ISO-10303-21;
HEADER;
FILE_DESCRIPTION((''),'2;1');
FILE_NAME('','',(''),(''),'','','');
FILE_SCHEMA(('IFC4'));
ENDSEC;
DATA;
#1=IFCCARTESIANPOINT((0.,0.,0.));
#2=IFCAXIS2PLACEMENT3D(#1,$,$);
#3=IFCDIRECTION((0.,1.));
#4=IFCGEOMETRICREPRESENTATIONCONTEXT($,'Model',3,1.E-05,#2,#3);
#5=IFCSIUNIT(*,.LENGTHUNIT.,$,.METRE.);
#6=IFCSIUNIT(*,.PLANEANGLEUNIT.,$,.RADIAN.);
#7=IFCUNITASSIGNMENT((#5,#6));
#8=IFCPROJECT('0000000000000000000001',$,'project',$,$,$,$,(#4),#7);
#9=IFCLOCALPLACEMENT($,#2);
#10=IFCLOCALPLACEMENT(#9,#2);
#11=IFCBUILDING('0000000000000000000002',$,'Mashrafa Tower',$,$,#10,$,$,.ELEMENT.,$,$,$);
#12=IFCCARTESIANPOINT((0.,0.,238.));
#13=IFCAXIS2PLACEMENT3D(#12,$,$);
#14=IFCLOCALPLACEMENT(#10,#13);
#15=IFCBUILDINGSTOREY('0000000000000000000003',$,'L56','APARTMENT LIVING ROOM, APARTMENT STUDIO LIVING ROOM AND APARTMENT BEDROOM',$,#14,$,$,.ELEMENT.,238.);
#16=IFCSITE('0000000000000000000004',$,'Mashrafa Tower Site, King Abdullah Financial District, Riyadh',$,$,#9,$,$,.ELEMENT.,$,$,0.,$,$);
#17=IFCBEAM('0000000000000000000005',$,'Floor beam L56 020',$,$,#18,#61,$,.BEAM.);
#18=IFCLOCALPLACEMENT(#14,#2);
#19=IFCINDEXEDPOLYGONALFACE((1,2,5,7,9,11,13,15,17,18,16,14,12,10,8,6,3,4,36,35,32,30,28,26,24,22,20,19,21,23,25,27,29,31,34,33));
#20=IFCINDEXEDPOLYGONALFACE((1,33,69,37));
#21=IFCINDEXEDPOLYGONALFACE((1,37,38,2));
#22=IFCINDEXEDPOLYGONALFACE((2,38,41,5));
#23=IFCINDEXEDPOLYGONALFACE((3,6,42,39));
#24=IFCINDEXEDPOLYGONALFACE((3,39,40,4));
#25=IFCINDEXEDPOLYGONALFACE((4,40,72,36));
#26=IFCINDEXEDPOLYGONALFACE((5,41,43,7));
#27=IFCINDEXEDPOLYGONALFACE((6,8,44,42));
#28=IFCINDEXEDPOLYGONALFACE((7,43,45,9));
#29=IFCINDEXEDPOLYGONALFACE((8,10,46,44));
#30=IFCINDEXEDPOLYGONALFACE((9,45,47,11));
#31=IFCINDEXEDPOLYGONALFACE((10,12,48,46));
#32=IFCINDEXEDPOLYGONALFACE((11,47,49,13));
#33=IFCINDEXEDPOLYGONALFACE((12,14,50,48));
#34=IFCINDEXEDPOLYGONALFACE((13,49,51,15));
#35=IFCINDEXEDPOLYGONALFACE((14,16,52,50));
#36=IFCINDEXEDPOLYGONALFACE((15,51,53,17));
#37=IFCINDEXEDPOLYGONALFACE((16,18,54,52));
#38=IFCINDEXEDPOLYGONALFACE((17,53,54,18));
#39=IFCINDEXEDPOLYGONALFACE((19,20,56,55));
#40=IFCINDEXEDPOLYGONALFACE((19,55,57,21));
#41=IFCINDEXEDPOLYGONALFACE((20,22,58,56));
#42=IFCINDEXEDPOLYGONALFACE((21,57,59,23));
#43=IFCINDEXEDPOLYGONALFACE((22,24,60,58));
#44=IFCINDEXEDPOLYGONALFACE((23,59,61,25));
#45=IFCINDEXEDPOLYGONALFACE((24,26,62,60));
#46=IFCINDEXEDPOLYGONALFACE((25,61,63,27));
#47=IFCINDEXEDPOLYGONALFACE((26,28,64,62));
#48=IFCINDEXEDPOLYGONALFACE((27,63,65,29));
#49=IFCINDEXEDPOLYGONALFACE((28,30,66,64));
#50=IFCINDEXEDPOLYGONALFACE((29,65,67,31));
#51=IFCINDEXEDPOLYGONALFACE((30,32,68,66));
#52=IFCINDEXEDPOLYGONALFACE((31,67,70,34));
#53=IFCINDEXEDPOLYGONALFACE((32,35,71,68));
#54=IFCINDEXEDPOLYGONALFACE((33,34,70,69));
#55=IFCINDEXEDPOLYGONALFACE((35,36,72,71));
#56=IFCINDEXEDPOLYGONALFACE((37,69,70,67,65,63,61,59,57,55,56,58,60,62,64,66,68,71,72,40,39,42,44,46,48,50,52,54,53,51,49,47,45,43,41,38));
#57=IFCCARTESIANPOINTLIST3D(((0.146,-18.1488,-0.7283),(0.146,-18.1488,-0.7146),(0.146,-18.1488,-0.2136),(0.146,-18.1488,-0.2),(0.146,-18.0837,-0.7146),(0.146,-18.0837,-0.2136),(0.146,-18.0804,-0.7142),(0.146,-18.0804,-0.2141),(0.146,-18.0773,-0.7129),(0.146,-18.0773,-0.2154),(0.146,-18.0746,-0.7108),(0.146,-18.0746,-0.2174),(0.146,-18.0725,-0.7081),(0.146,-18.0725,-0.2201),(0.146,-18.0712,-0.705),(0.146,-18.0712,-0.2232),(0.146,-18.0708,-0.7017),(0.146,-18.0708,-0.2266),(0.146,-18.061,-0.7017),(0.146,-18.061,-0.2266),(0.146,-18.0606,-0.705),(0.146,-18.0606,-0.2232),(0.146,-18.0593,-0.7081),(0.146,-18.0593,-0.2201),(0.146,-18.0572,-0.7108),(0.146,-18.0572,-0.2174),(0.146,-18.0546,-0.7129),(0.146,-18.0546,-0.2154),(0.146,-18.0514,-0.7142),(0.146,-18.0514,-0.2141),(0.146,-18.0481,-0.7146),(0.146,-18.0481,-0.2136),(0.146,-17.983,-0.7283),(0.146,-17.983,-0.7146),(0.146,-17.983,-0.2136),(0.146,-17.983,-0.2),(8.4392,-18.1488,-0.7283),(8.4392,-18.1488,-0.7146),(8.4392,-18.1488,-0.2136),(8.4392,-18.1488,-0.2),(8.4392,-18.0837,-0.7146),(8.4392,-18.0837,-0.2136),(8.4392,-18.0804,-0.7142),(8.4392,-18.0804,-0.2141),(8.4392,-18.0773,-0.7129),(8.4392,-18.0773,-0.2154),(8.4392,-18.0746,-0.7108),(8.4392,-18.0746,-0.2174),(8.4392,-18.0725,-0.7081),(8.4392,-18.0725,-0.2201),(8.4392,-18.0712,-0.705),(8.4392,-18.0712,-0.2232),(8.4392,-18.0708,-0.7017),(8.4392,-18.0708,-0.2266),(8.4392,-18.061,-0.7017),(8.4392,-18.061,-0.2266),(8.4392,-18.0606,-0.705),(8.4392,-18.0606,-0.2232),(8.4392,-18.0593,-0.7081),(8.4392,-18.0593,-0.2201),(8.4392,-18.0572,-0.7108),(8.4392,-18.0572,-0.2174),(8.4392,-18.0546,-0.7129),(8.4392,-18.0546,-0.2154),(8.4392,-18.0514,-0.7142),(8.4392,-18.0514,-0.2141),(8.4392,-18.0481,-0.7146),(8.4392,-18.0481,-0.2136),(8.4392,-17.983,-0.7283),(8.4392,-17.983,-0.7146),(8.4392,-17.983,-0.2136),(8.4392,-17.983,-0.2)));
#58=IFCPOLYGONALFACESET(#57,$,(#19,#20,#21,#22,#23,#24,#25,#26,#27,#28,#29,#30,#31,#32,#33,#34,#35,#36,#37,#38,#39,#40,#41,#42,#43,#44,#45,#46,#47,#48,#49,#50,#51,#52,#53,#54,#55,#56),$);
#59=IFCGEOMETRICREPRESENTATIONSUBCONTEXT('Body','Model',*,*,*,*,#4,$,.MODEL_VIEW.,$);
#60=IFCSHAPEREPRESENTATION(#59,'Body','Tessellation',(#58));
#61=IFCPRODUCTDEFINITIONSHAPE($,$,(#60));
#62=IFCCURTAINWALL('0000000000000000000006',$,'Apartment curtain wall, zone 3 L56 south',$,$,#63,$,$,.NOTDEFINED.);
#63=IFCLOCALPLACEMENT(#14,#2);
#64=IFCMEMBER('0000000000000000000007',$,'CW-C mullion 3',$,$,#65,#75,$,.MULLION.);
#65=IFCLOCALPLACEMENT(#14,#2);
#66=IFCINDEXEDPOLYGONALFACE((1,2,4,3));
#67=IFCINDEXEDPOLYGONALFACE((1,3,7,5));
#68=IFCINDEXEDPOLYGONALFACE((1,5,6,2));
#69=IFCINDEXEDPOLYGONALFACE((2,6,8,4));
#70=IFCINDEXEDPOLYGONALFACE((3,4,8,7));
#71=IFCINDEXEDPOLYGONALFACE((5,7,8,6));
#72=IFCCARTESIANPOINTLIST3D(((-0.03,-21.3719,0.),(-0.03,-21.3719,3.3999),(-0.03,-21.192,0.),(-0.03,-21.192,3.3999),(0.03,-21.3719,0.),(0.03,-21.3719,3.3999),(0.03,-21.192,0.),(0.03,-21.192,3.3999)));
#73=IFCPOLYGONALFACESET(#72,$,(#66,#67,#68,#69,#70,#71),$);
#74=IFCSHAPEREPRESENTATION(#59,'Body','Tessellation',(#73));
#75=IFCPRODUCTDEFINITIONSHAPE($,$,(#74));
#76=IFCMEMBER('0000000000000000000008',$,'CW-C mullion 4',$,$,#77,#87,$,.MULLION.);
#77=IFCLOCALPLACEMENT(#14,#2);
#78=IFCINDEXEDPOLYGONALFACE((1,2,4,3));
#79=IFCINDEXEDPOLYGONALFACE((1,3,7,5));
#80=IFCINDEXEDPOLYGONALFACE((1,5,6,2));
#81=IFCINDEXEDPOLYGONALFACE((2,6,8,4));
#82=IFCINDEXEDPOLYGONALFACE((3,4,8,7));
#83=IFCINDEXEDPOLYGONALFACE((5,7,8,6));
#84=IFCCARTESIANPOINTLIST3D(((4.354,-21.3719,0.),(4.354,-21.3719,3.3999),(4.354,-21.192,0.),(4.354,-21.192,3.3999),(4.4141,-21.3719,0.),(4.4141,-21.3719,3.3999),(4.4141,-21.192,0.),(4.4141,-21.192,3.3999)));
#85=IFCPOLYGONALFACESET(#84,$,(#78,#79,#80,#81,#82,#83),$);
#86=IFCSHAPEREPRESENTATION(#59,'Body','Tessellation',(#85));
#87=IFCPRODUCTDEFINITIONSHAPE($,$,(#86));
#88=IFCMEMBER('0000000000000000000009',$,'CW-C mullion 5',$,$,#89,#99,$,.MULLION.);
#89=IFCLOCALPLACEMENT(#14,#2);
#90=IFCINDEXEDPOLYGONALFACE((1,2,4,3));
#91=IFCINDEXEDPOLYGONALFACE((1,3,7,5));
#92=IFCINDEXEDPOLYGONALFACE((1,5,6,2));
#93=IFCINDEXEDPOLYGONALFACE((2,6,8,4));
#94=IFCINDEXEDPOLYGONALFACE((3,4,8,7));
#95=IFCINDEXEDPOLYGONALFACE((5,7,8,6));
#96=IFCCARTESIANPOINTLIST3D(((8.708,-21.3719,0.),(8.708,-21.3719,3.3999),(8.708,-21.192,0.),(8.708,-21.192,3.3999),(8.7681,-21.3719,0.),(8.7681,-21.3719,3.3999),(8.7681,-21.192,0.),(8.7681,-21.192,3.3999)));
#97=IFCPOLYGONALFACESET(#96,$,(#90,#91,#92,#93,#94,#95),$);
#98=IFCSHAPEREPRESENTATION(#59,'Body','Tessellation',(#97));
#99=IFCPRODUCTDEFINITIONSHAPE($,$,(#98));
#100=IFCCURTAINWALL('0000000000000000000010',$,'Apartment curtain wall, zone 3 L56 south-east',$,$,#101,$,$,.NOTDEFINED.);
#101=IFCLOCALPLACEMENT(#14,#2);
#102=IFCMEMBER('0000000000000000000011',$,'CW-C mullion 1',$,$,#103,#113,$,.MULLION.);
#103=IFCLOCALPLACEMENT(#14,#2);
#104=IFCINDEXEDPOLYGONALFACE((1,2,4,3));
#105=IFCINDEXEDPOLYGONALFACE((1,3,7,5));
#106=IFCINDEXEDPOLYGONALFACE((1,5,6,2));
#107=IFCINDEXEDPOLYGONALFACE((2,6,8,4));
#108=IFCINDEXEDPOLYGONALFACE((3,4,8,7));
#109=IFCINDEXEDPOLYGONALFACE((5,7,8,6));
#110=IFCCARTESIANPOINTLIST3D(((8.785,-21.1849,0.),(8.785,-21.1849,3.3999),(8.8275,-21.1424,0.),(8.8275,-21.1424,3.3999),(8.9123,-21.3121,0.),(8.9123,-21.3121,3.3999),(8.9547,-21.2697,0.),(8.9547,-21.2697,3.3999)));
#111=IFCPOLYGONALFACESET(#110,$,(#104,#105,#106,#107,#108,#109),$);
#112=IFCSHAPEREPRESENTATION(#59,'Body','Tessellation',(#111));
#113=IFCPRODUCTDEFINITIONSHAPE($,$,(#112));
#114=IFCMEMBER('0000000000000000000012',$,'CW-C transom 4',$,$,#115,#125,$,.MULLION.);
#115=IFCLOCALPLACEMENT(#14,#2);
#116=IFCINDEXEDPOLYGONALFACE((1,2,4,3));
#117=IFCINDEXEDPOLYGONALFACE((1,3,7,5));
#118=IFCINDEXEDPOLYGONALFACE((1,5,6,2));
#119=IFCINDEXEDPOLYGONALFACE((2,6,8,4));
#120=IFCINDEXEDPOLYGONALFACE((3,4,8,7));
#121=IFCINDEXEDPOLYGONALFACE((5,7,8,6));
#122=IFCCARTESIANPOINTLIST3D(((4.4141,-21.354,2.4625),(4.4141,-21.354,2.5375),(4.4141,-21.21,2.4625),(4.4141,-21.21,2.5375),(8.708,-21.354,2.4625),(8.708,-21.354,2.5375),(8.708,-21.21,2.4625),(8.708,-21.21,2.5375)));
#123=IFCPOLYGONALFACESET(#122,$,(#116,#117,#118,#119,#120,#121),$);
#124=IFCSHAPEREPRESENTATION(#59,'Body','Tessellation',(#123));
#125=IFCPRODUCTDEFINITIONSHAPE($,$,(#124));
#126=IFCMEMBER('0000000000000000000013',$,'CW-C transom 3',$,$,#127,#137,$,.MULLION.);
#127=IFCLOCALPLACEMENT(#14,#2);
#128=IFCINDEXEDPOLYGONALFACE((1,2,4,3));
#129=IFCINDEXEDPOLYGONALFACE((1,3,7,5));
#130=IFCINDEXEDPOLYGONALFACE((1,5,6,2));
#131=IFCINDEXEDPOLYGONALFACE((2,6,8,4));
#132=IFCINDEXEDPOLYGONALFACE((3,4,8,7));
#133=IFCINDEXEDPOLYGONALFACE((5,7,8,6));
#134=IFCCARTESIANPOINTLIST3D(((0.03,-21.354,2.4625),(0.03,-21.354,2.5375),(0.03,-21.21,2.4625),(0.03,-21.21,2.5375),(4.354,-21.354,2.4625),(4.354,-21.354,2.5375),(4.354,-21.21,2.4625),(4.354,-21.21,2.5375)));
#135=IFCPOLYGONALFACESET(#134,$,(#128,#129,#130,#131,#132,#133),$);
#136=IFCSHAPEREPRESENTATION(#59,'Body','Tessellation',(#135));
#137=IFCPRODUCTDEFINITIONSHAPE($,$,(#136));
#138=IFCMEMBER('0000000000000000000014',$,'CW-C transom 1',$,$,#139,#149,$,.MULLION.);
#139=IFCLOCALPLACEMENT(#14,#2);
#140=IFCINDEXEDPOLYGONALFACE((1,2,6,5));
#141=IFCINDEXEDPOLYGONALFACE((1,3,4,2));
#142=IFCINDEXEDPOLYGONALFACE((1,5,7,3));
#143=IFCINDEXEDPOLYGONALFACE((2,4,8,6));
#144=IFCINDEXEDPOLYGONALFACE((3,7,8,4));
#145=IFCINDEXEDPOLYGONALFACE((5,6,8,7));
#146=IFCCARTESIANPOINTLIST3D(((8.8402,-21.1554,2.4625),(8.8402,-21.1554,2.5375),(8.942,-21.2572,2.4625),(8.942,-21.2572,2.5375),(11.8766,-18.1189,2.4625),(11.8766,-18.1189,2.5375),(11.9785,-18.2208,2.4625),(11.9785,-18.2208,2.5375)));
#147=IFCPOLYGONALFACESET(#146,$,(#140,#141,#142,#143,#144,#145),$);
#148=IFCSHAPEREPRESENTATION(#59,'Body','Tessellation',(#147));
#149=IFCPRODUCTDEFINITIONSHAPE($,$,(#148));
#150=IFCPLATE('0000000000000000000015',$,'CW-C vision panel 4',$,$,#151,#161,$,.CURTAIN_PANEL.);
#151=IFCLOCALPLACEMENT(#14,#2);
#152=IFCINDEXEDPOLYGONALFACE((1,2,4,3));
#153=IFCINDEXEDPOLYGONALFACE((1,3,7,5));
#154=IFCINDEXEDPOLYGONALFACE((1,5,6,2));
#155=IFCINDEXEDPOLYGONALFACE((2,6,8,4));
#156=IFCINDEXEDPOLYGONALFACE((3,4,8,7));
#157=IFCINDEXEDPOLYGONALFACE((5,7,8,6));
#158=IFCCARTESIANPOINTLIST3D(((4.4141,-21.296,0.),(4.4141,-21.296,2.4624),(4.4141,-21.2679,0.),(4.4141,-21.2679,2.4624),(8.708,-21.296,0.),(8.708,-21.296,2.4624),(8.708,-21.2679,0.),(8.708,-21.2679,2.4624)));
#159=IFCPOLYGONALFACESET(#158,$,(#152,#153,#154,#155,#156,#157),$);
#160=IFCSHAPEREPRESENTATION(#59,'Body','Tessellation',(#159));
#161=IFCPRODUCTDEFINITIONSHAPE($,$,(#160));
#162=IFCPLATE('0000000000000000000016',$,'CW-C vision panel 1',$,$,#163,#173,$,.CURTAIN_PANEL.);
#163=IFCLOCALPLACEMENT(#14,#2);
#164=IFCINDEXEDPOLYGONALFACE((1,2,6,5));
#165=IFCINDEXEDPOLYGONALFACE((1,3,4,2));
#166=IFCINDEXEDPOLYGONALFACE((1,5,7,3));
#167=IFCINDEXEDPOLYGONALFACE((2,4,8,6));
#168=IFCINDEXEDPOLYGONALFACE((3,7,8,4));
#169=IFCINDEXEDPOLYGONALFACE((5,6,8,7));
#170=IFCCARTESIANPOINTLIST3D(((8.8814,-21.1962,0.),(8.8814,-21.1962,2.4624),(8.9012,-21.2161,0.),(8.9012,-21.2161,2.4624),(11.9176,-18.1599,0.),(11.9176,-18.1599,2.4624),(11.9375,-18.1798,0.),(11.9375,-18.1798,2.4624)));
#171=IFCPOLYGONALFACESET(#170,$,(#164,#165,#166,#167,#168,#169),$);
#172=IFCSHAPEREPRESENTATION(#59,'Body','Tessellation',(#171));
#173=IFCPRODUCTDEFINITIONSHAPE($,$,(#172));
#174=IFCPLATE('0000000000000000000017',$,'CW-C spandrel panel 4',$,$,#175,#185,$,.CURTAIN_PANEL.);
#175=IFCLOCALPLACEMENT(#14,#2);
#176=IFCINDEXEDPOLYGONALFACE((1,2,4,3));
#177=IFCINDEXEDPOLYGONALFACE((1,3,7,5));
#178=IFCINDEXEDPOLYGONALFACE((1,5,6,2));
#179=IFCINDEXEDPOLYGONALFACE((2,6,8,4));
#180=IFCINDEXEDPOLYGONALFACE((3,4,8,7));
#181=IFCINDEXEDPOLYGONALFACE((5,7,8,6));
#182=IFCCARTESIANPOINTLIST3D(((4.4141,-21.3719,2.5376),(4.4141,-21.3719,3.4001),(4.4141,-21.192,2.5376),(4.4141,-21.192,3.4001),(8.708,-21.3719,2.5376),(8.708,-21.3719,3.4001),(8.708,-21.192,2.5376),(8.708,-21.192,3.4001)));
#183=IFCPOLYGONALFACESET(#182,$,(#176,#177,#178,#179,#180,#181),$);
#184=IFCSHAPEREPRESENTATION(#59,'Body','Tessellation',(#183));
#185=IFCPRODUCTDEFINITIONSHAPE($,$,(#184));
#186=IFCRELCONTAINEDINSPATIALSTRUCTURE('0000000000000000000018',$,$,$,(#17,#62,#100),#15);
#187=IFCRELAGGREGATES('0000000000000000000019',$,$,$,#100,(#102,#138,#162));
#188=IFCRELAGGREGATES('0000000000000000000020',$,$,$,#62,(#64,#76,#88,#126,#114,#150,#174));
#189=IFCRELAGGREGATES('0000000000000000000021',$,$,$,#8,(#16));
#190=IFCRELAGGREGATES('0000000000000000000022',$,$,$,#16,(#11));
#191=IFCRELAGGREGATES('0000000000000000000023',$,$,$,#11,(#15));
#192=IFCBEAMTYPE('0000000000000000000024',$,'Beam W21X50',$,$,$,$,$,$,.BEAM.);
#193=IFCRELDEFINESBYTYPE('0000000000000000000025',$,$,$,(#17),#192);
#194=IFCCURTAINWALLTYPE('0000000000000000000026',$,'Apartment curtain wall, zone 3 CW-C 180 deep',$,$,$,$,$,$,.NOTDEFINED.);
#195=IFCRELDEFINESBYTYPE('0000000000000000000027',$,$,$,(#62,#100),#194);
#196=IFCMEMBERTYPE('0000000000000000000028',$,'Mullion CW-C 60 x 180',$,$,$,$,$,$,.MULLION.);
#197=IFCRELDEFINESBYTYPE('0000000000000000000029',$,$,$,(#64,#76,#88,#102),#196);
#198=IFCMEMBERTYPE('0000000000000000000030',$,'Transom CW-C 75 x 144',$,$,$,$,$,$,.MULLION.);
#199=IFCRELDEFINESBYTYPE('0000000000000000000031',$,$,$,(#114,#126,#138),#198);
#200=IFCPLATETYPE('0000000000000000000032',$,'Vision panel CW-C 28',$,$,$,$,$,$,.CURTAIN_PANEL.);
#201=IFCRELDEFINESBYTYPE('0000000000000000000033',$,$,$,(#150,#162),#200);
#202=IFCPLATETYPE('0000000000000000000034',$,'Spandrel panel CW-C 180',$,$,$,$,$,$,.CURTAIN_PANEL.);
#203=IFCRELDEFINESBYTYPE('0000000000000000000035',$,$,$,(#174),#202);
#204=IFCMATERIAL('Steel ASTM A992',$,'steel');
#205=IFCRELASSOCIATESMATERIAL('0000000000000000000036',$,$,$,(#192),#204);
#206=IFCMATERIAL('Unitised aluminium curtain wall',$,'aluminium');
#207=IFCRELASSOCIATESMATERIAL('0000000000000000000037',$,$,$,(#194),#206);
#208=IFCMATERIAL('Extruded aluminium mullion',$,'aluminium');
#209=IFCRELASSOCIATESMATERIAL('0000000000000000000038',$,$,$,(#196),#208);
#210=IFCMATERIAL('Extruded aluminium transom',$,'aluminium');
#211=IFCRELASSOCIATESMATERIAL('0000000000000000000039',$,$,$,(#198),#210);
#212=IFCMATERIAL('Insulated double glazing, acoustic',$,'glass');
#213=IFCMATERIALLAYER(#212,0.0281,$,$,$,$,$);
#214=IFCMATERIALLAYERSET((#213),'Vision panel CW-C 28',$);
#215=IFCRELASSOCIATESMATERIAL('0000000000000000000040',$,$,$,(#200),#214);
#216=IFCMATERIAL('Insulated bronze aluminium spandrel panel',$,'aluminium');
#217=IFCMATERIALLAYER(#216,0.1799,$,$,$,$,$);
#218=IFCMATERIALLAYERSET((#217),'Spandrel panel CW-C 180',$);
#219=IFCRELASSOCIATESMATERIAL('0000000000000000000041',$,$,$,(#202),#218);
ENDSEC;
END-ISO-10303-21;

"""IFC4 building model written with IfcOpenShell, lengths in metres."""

from ifc_helpers import new_model, si_unit, direction, frame, origin, origin_2d, place, context, subcontext, project, spatial, rectangle, i_section, extrude, source, transform, mapped, material, layer, layer_set, material_profile, profile_set, type_object, type_shapes, element, aggregate, save


model = new_model("IFC4")

# Units and contexts
model_context = context("Model", 3, precision=1e-05, world=origin(), true_north=direction((0.0, 1.0)))
body_context = subcontext(model_context, "Body", "Model", "MODEL_VIEW")
ifc_project = project(units=[si_unit("LENGTHUNIT", "METRE"), si_unit("PLANEANGLEUNIT", "RADIAN")], contexts=[model_context])

# Site, building, storey
site_placement = place(None, origin())
site = spatial("IfcSite", under=ifc_project, at=site_placement, Name="Mashrafa Tower Site, King Abdullah Financial District, Riyadh", CompositionType="ELEMENT", RefElevation=0.0)
building_placement = place(site_placement, origin())
building = spatial("IfcBuilding", under=site, at=building_placement, Name="Mashrafa Tower", CompositionType="ELEMENT")
storey_placement = place(building_placement, frame((0.0, 0.0, 238.0)))
storey = spatial("IfcBuildingStorey", under=building, at=storey_placement, Name="L56", Description="APARTMENT LIVING ROOM, APARTMENT STUDIO LIVING ROOM AND APARTMENT BEDROOM", CompositionType="ELEMENT", Elevation=238.0)

# Beam
ifc_material_1 = material(Name="Steel ASTM A992", Category="steel")
ifc_material_profile_1 = material_profile(ifc_material_1, i_section(OverallWidth=0.1658, OverallDepth=0.5283, WebThickness=0.0098, FlangeThickness=0.0137, FilletRadius=0.0129, at=origin_2d()), Name="W21X50")
ifc_profile_set_1 = profile_set([ifc_material_profile_1], Name="Steel ASTM A992")
beam_type_1 = type_object("IfcBeamType", Name="Beam W21X50", PredefinedType="BEAM", material=ifc_profile_set_1)
beam_1_placement = place(storey_placement, frame((8.4392, -18.0659, -0.4641), z_axis=(-1.0, 0.0, 0.0), x_axis=(0.0, -1.0, 0.0)))
element("IfcBeam", 1, at=beam_1_placement, inside=storey, type_object=beam_type_1, Name="Floor beam L56 020", PredefinedType="BEAM", context=body_context, shape_type="SweptSolid", body=[
    extrude(i_section(OverallWidth=0.1658, OverallDepth=0.5283, WebThickness=0.0098, FlangeThickness=0.0137, FilletRadius=0.0129, at=origin_2d()), origin(), (0.0, 0.0, 1.0), 8.2932),
])

# Curtain wall, members
ifc_material_2 = material(Name="Unitised aluminium curtain wall", Category="aluminium")
curtain_wall_type = type_object("IfcCurtainWallType", Name="Apartment curtain wall, zone 3 CW-C 180 deep", PredefinedType="NOTDEFINED", material=ifc_material_2)
curtain_wall_1_placement = place(storey_placement, origin())
curtain_wall_1 = element("IfcCurtainWall", 2, at=curtain_wall_1_placement, inside=storey, type_object=curtain_wall_type, Name="Apartment curtain wall, zone 3 L56 south", PredefinedType="NOTDEFINED")
ifc_material_3 = material(Name="Extruded aluminium mullion", Category="aluminium")
ifc_material_profile_2 = material_profile(ifc_material_3, rectangle(XDim=0.1799, YDim=0.0601, at=origin_2d()), Name="Mullion 60x180")
ifc_profile_set_2 = profile_set([ifc_material_profile_2], Name="Extruded aluminium mullion")
member_type_1 = type_object("IfcMemberType", Name="Mullion CW-C 60 x 180", PredefinedType="MULLION", material=ifc_profile_set_2)
shared_shape_1 = source(origin(), body_context, "Body", "SweptSolid", [
    extrude(rectangle(XDim=0.1799, YDim=0.0601, at=origin_2d()), origin(), (0.0, 0.0, 1.0), 3.3999),
])
type_shapes(member_type_1, [shared_shape_1])
member_1_placement = place(storey_placement, frame((0.0, -21.282, 0.0), z_axis=(0.0, 0.0, 1.0), x_axis=(0.0, 1.0, 0.0)))
member_1 = element("IfcMember", 3, at=member_1_placement, type_object=member_type_1, Name="CW-C mullion 3", PredefinedType="MULLION", context=body_context, shape_type="MappedRepresentation", body=[
    mapped(shared_shape_1, transform((0.0, 0.0, 0.0))),
])
member_2_placement = place(storey_placement, frame((4.384, -21.282, 0.0), z_axis=(0.0, 0.0, 1.0), x_axis=(0.0, 1.0, 0.0)))
member_2 = element("IfcMember", 4, at=member_2_placement, type_object=member_type_1, Name="CW-C mullion 4", PredefinedType="MULLION", context=body_context, shape_type="MappedRepresentation", body=[
    mapped(shared_shape_1, transform((0.0, 0.0, 0.0))),
])
member_3_placement = place(storey_placement, frame((8.738, -21.282, 0.0), z_axis=(0.0, 0.0, 1.0), x_axis=(0.0, 1.0, 0.0)))
member_3 = element("IfcMember", 5, at=member_3_placement, type_object=member_type_1, Name="CW-C mullion 5", PredefinedType="MULLION", context=body_context, shape_type="MappedRepresentation", body=[
    mapped(shared_shape_1, transform((0.0, 0.0, 0.0))),
])

# Curtain wall, member
curtain_wall_2_placement = place(storey_placement, origin())
curtain_wall_2 = element("IfcCurtainWall", 6, at=curtain_wall_2_placement, inside=storey, type_object=curtain_wall_type, Name="Apartment curtain wall, zone 3 L56 south-east", PredefinedType="NOTDEFINED")
member_4_placement = place(storey_placement, frame((8.8699, -21.2273, 0.0), z_axis=(0.0, 0.0, 1.0), x_axis=(-0.707107, 0.707107, 0.0)))
member_4 = element("IfcMember", 7, at=member_4_placement, type_object=member_type_1, Name="CW-C mullion 1", PredefinedType="MULLION", context=body_context, shape_type="MappedRepresentation", body=[
    mapped(shared_shape_1, transform((0.0, 0.0, 0.0))),
])

# Members
ifc_material_4 = material(Name="Extruded aluminium transom", Category="aluminium")
ifc_material_profile_3 = material_profile(ifc_material_4, rectangle(XDim=0.144, YDim=0.075, at=origin_2d()), Name="Transom 75x144")
ifc_profile_set_3 = profile_set([ifc_material_profile_3], Name="Extruded aluminium transom")
member_type_2 = type_object("IfcMemberType", Name="Transom CW-C 75 x 144", PredefinedType="MULLION", material=ifc_profile_set_3)
shared_shape_2 = source(origin(), body_context, "Body", "SweptSolid", [
    extrude(rectangle(XDim=0.144, YDim=0.075, at=origin_2d()), origin(), (0.0, 0.0, 1.0), 4.2939),
])
member_5_placement = place(storey_placement, frame((4.4141, -21.282, 2.5), z_axis=(1.0, 0.0, 0.0), x_axis=(0.0, 1.0, 0.0)))
member_5 = element("IfcMember", 8, at=member_5_placement, type_object=member_type_2, Name="CW-C transom 4", PredefinedType="MULLION", context=body_context, shape_type="MappedRepresentation", body=[
    mapped(shared_shape_2, transform((0.0, 0.0, 0.0))),
])
shared_shape_3 = source(origin(), body_context, "Body", "SweptSolid", [
    extrude(rectangle(XDim=0.144, YDim=0.075, at=origin_2d()), origin(), (0.0, 0.0, 1.0), 4.324),
])
member_6_placement = place(storey_placement, frame((0.03, -21.282, 2.5), z_axis=(1.0, 0.0, 0.0), x_axis=(0.0, 1.0, 0.0)))
member_6 = element("IfcMember", 9, at=member_6_placement, type_object=member_type_2, Name="CW-C transom 3", PredefinedType="MULLION", context=body_context, shape_type="MappedRepresentation", body=[
    mapped(shared_shape_3, transform((0.0, 0.0, 0.0))),
])
shared_shape_4 = source(origin(), body_context, "Body", "SweptSolid", [
    extrude(rectangle(XDim=0.144, YDim=0.075, at=origin_2d()), origin(), (0.0, 0.0, 1.0), 4.2942),
])
type_shapes(member_type_2, [shared_shape_2, shared_shape_3, shared_shape_4])
member_7_placement = place(storey_placement, frame((8.8911, -21.2063, 2.5), z_axis=(0.707107, 0.707107, 0.0), x_axis=(-0.707107, 0.707107, 0.0)))
member_7 = element("IfcMember", 10, at=member_7_placement, type_object=member_type_2, Name="CW-C transom 1", PredefinedType="MULLION", context=body_context, shape_type="MappedRepresentation", body=[
    mapped(shared_shape_4, transform((0.0, 0.0, 0.0))),
])

# Plates
ifc_material_5 = material(Name="Insulated double glazing, acoustic", Category="glass")
ifc_layer_1 = layer(ifc_material_5, 0.0281)
ifc_layer_set_1 = layer_set([ifc_layer_1], Name="Vision panel CW-C 28")
plate_type_1 = type_object("IfcPlateType", Name="Vision panel CW-C 28", PredefinedType="CURTAIN_PANEL", material=ifc_layer_set_1)
shared_shape_5 = source(origin(), body_context, "Body", "SweptSolid", [
    extrude(rectangle(XDim=4.2939, YDim=0.0281, at=origin_2d()), origin(), (0.0, 0.0, 1.0), 2.4624),
])
plate_1_placement = place(storey_placement, frame((6.561, -21.282, 0.0), z_axis=(0.0, 0.0, 1.0), x_axis=(1.0, 0.0, 0.0)))
plate_1 = element("IfcPlate", 11, at=plate_1_placement, type_object=plate_type_1, Name="CW-C vision panel 4", PredefinedType="CURTAIN_PANEL", context=body_context, shape_type="MappedRepresentation", body=[
    mapped(shared_shape_5, transform((0.0, 0.0, 0.0))),
])
plate_2_placement = place(storey_placement, frame((10.4094, -19.688, 0.0), z_axis=(0.0, 0.0, 1.0), x_axis=(0.707107, 0.707107, 0.0)))
plate_2 = element("IfcPlate", 12, at=plate_2_placement, type_object=plate_type_1, Name="CW-C vision panel 1", PredefinedType="CURTAIN_PANEL", context=body_context, shape_type="MappedRepresentation", body=[
    mapped(shared_shape_5, transform((0.0, 0.0, 0.0))),
])
ifc_material_6 = material(Name="Insulated bronze aluminium spandrel panel", Category="aluminium")
ifc_layer_2 = layer(ifc_material_6, 0.1799)
ifc_layer_set_2 = layer_set([ifc_layer_2], Name="Spandrel panel CW-C 180")
plate_type_2 = type_object("IfcPlateType", Name="Spandrel panel CW-C 180", PredefinedType="CURTAIN_PANEL", material=ifc_layer_set_2)
shared_shape_6 = source(origin(), body_context, "Body", "SweptSolid", [
    extrude(rectangle(XDim=4.2939, YDim=0.1799, at=origin_2d()), origin(), (0.0, 0.0, 1.0), 0.8625),
])
plate_3_placement = place(storey_placement, frame((6.561, -21.282, 2.5376), z_axis=(0.0, 0.0, 1.0), x_axis=(1.0, 0.0, 0.0)))
plate_3 = element("IfcPlate", 13, at=plate_3_placement, type_object=plate_type_2, Name="CW-C spandrel panel 4", PredefinedType="CURTAIN_PANEL", context=body_context, shape_type="MappedRepresentation", body=[
    mapped(shared_shape_6, transform((0.0, 0.0, 0.0))),
])
aggregate(curtain_wall_2, [member_4, member_7, plate_2])
aggregate(curtain_wall_1, [member_1, member_2, member_3, member_6, member_5, plate_1, plate_3])

save(model, "model.ifc")
